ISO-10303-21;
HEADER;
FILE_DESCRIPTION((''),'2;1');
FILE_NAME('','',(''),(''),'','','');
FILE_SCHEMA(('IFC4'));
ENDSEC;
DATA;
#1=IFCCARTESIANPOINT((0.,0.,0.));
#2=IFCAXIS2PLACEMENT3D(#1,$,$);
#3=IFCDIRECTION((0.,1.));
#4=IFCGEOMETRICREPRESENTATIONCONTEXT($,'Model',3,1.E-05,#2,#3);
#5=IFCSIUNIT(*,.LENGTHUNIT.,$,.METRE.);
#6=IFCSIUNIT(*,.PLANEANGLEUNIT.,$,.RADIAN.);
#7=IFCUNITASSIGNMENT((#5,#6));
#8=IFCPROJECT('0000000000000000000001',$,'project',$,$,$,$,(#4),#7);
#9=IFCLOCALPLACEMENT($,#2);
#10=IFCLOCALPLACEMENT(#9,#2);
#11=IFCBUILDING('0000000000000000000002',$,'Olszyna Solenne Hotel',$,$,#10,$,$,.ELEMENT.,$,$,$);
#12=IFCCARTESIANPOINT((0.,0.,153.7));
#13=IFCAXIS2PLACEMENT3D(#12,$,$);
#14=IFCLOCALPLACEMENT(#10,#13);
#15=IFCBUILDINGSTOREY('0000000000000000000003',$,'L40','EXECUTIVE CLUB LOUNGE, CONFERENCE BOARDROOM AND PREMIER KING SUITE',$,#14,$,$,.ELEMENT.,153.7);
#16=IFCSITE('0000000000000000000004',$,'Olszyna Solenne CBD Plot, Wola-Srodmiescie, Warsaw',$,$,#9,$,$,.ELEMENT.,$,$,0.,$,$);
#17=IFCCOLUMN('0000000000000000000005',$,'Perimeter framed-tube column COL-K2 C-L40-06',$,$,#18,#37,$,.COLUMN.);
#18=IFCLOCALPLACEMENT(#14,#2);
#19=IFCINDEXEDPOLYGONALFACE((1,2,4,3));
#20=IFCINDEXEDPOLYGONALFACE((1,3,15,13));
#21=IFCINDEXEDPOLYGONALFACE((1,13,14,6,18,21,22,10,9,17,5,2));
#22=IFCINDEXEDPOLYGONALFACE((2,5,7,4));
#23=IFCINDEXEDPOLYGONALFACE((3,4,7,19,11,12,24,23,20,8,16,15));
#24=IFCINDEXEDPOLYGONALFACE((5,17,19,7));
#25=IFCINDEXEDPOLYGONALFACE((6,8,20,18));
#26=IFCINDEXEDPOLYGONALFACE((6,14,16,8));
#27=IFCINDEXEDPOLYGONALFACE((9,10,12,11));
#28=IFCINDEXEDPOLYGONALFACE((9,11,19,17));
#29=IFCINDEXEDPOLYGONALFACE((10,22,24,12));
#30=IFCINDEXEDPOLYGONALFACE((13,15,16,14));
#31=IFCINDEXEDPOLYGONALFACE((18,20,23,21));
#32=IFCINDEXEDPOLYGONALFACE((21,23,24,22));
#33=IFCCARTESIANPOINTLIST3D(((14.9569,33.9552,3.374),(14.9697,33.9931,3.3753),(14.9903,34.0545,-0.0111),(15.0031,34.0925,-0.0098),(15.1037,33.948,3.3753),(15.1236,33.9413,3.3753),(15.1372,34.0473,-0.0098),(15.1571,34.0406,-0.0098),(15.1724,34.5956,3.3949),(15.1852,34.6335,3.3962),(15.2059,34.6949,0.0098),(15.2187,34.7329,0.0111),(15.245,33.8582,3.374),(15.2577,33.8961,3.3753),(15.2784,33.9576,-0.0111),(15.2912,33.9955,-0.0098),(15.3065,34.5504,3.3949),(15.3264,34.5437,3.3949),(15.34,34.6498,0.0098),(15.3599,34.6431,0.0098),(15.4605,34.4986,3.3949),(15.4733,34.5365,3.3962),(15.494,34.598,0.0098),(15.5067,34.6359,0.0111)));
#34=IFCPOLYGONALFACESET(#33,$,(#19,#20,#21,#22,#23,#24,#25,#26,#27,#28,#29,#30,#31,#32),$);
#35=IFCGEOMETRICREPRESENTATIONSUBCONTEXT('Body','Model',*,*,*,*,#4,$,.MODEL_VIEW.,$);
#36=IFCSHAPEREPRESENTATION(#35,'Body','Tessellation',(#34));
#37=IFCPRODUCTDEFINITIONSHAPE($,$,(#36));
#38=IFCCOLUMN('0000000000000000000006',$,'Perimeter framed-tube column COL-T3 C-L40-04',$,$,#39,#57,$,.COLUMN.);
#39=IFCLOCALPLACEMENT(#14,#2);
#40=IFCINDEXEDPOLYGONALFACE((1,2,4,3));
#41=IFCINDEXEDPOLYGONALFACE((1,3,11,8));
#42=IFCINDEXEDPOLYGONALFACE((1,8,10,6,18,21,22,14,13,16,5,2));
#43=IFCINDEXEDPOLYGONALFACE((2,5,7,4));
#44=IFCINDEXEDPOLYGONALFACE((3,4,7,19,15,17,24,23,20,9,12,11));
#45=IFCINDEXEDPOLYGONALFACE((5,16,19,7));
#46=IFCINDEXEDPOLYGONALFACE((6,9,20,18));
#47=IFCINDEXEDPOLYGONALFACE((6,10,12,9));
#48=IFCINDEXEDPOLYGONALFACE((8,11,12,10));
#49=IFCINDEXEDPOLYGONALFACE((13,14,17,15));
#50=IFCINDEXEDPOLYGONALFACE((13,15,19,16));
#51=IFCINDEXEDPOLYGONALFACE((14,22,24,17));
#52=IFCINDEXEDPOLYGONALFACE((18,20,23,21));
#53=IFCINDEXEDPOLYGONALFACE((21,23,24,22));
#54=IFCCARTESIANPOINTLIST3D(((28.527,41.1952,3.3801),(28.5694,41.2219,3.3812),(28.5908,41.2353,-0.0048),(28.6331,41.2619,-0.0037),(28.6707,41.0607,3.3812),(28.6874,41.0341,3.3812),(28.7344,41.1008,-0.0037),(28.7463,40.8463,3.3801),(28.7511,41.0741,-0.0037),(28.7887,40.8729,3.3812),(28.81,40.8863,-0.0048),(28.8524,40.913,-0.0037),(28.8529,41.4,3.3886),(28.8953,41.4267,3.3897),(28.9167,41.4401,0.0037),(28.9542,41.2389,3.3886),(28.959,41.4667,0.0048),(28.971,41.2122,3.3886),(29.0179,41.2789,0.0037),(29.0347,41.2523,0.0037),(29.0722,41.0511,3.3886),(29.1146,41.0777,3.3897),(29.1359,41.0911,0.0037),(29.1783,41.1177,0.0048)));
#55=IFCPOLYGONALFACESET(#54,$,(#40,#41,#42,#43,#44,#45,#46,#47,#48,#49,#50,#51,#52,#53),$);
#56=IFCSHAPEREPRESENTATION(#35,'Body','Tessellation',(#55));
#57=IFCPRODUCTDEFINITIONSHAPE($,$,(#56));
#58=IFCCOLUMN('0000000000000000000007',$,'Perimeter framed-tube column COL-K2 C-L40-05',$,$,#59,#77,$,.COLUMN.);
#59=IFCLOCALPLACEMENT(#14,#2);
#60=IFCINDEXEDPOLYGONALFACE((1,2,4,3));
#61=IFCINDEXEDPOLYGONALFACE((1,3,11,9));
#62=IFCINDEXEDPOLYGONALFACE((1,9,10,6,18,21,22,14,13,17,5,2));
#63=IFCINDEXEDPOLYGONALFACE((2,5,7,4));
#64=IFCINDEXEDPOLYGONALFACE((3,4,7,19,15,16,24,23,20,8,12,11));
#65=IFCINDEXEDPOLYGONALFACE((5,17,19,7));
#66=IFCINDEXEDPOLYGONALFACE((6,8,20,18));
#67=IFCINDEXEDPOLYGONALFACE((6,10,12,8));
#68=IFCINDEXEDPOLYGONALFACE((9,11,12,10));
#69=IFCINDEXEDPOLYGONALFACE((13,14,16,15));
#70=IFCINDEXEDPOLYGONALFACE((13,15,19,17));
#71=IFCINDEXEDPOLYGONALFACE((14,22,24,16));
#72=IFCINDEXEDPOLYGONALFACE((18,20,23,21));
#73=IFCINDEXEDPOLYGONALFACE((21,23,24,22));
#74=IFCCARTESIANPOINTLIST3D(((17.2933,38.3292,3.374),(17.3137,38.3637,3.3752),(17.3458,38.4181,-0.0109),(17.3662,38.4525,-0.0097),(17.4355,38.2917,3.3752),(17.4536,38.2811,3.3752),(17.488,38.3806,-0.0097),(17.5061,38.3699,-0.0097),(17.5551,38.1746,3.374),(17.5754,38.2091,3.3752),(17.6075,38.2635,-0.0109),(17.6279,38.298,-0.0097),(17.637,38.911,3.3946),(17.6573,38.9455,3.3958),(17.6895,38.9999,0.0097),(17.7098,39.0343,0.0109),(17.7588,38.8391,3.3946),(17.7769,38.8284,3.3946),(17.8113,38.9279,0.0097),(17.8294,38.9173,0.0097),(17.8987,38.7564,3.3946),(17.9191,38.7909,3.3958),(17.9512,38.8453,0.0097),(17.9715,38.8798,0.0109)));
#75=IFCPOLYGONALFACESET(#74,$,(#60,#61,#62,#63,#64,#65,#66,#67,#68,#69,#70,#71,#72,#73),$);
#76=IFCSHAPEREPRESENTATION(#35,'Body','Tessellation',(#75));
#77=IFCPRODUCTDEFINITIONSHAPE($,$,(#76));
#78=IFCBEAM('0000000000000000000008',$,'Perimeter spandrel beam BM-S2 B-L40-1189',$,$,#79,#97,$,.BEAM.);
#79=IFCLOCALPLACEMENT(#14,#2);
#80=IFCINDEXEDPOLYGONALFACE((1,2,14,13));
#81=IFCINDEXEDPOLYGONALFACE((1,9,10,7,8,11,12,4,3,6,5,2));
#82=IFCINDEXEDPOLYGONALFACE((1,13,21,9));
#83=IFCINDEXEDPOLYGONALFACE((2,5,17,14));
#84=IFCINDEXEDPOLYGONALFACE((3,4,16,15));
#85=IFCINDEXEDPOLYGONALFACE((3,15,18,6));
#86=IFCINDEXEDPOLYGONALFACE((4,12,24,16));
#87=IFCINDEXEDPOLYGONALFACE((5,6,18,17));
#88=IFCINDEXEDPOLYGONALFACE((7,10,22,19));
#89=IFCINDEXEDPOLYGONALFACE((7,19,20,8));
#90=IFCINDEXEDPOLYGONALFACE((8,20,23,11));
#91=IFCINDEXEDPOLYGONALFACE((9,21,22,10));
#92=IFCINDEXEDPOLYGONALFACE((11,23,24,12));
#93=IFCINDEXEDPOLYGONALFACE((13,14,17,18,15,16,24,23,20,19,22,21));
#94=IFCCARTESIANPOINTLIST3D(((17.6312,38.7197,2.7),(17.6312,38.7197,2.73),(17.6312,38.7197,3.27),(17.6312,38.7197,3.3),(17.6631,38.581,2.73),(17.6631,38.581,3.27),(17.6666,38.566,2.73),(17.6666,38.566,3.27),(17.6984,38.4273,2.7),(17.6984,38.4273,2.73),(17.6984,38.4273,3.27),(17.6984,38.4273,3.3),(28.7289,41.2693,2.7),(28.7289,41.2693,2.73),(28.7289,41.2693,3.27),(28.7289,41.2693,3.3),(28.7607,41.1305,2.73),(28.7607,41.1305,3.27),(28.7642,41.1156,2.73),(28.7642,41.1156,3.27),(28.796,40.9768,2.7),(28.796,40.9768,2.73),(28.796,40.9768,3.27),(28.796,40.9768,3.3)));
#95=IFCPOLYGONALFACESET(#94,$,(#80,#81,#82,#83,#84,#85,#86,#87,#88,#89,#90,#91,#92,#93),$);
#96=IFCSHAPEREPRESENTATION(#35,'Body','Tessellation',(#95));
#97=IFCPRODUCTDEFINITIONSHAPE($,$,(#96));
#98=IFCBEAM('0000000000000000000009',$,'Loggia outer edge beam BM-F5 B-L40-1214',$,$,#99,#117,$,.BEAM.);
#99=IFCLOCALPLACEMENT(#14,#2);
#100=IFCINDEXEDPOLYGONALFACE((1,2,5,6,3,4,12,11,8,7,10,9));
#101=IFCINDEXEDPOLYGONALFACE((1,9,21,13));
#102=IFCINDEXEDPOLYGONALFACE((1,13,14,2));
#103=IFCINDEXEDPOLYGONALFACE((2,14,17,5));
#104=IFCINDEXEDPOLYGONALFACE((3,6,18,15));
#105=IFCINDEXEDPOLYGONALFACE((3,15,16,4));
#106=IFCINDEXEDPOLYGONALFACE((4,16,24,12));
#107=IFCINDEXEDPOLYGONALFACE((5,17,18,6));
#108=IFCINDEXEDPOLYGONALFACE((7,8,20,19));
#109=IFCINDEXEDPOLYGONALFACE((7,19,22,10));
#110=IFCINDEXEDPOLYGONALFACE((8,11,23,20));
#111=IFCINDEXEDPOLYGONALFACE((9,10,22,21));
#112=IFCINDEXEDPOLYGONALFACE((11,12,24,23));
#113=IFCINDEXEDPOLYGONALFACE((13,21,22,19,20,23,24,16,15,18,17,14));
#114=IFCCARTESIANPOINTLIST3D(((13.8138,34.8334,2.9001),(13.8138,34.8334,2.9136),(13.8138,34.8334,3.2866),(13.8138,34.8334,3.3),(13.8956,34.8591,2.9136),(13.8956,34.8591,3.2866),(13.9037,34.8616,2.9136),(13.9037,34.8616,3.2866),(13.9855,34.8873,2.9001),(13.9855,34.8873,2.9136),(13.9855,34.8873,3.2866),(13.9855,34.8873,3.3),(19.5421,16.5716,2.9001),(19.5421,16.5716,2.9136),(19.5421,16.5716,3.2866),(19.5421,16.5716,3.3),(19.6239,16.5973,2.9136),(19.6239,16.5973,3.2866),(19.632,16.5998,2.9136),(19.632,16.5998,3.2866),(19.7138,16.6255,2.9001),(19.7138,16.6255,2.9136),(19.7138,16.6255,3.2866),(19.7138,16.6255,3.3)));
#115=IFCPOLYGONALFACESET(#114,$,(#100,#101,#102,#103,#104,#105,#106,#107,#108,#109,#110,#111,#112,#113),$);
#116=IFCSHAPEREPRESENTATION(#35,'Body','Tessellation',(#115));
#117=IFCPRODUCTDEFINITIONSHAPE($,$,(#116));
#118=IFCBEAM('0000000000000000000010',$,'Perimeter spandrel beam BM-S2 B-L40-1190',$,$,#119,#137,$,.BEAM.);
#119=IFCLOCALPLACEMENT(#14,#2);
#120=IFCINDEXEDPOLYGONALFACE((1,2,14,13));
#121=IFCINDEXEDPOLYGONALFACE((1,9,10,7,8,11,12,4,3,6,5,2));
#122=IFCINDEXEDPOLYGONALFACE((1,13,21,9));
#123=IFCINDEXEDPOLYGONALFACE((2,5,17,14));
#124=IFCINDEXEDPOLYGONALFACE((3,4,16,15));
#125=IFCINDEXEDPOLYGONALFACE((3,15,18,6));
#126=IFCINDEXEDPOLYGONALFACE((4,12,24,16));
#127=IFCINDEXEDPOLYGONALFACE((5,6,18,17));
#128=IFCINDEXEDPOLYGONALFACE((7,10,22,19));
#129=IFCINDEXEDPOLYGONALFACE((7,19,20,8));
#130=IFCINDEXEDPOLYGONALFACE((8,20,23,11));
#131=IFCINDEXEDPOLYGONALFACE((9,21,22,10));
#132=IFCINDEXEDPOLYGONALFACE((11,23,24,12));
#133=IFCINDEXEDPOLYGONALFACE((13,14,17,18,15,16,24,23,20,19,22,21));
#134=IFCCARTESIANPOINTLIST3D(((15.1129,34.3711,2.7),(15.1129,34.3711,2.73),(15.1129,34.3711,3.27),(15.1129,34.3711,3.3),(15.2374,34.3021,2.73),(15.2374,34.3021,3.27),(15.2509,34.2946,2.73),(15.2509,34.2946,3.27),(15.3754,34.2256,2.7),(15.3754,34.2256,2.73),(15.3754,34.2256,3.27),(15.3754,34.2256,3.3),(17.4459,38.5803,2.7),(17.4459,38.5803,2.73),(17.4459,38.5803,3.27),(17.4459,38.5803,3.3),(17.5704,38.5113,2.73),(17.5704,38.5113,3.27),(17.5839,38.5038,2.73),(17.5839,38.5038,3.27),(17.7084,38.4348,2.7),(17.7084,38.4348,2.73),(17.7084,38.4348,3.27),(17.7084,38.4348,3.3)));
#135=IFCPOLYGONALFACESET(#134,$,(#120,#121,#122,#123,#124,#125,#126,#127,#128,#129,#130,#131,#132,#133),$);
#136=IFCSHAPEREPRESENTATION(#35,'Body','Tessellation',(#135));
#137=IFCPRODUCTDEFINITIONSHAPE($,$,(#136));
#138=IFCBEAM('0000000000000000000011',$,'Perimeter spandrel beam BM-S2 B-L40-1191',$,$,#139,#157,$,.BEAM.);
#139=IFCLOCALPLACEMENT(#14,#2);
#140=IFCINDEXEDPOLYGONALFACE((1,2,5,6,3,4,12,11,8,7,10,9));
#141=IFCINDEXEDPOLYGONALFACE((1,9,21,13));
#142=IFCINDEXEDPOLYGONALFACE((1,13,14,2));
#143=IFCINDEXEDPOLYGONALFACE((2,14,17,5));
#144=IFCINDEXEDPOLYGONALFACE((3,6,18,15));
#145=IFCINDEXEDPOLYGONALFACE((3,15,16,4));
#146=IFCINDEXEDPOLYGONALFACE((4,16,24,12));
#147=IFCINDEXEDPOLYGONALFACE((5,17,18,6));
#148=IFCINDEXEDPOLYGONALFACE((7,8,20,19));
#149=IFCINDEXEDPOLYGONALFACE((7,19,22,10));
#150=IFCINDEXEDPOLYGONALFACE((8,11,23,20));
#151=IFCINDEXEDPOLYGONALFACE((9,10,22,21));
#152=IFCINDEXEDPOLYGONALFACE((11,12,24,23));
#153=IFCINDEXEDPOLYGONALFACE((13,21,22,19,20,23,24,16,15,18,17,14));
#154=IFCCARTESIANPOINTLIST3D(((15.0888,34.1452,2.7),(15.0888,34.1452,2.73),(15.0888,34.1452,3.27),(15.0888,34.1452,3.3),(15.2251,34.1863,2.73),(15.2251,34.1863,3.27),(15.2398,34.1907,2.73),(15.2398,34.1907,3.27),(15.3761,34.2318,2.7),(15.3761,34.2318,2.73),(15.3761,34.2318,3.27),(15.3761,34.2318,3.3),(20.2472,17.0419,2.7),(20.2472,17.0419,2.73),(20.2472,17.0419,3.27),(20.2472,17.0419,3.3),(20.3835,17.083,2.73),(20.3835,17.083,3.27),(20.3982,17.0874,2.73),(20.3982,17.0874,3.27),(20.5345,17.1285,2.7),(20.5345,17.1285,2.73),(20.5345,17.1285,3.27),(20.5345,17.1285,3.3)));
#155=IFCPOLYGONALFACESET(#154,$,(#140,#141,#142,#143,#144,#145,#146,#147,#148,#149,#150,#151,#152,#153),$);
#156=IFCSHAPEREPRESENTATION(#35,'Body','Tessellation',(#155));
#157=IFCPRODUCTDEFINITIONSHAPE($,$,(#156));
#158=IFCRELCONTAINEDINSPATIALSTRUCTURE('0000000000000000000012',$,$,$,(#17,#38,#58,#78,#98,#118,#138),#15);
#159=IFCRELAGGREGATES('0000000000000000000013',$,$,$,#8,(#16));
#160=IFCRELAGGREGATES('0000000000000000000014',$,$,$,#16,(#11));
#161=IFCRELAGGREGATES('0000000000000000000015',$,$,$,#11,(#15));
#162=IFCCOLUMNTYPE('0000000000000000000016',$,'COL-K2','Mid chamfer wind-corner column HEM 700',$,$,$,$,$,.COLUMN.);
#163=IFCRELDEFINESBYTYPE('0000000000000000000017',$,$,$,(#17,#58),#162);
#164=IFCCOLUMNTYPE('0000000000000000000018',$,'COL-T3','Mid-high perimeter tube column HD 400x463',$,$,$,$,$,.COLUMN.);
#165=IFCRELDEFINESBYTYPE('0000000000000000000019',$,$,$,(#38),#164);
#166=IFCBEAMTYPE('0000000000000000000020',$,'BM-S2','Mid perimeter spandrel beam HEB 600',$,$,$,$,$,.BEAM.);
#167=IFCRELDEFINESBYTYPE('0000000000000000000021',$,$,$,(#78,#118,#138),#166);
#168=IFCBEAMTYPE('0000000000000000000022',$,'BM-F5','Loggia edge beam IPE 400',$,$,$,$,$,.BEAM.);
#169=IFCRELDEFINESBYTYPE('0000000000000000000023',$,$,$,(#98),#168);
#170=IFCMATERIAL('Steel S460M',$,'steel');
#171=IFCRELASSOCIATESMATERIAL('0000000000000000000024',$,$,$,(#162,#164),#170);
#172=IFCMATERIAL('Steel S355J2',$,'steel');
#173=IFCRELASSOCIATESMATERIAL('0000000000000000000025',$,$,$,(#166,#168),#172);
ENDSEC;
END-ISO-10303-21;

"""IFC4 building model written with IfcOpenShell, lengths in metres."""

from ifc_helpers import new_model, si_unit, direction, frame, origin, origin_2d, place, context, subcontext, project, spatial, i_section, extrude, source, transform, mapped, material, material_profile, profile_set, type_object, element, save


model = new_model("IFC4")

# Units and contexts
model_context = context("Model", 3, precision=1e-05, world=origin(), true_north=direction((0.0, 1.0)))
body_context = subcontext(model_context, "Body", "Model", "MODEL_VIEW")
ifc_project = project(units=[si_unit("LENGTHUNIT", "METRE"), si_unit("PLANEANGLEUNIT", "RADIAN")], contexts=[model_context])

# Site, building, storey
site_placement = place(None, origin())
site = spatial("IfcSite", under=ifc_project, at=site_placement, Name="Olszyna Solenne CBD Plot, Wola-Srodmiescie, Warsaw", CompositionType="ELEMENT", RefElevation=0.0)
building_placement = place(site_placement, origin())
building = spatial("IfcBuilding", under=site, at=building_placement, Name="Olszyna Solenne Hotel", CompositionType="ELEMENT")
storey_placement = place(building_placement, frame((0.0, 0.0, 153.7)))
storey = spatial("IfcBuildingStorey", under=building, at=storey_placement, Name="L40", Description="EXECUTIVE CLUB LOUNGE, CONFERENCE BOARDROOM AND PREMIER KING SUITE", CompositionType="ELEMENT", Elevation=153.7)

# Columns
ifc_material_1 = material(Name="Steel S460M", Category="steel")
ifc_material_profile_1 = material_profile(ifc_material_1, i_section(OverallWidth=0.304, OverallDepth=0.7161, WebThickness=0.021, FlangeThickness=0.04, at=origin_2d()), Name="HEM 700", Category="load-bearing")
ifc_profile_set_1 = profile_set([ifc_material_profile_1], Name="Steel S460M")
column_type_1 = type_object("IfcColumnType", Name="COL-K2", Description="Mid chamfer wind-corner column HEM 700", PredefinedType="COLUMN", material=ifc_profile_set_1)
shared_shape_1 = source(origin(), body_context, "Body", "SweptSolid", [
    extrude(i_section(OverallWidth=0.304, OverallDepth=0.7161, WebThickness=0.021, FlangeThickness=0.04, at=origin_2d()), origin(), (0.0, 0.0, 1.0), 3.3867),
])
column_1_placement = place(storey_placement, frame((15.2485, 34.3452, 0.0), z_axis=(-0.009876, -0.02934, 0.999521), x_axis=(0.947748, -0.319021, 0.0)))
element("IfcColumn", 1, at=column_1_placement, inside=storey, type_object=column_type_1, Name="Perimeter framed-tube column COL-K2 C-L40-06", PredefinedType="COLUMN", context=body_context, shape_type="MappedRepresentation", body=[
    mapped(shared_shape_1, transform((0.0, 0.0, 0.0), x_axis=(1.0, 0.0, 0.0), y_axis=(0.0, 1.0, 0.0), z_axis=(0.0, 0.0, 1.0), scale=1.0)),
])
ifc_material_profile_2 = material_profile(ifc_material_1, i_section(OverallWidth=0.4121, OverallDepth=0.4351, WebThickness=0.0315, FlangeThickness=0.05, at=origin_2d()), Name="HD 400x463", Category="load-bearing")
ifc_profile_set_2 = profile_set([ifc_material_profile_2], Name="Steel S460M")
column_type_2 = type_object("IfcColumnType", Name="COL-T3", Description="Mid-high perimeter tube column HD 400x463", PredefinedType="COLUMN", material=ifc_profile_set_2)
shared_shape_2 = source(origin(), body_context, "Body", "SweptSolid", [
    extrude(i_section(OverallWidth=0.4121, OverallDepth=0.4351, WebThickness=0.0315, FlangeThickness=0.05, at=origin_2d()), origin(), (0.0, 0.0, 1.0), 3.3857),
])
column_2_placement = place(storey_placement, frame((28.8845, 41.1765, 0.0), z_axis=(-0.01882, -0.011825, 0.999753), x_axis=(0.532039, -0.84672, 0.0)))
element("IfcColumn", 2, at=column_2_placement, inside=storey, type_object=column_type_2, Name="Perimeter framed-tube column COL-T3 C-L40-04", PredefinedType="COLUMN", context=body_context, shape_type="MappedRepresentation", body=[
    mapped(shared_shape_2, transform((0.0, 0.0, 0.0), x_axis=(1.0, 0.0, 0.0), y_axis=(0.0, 1.0, 0.0), z_axis=(0.0, 0.0, 1.0), scale=1.0)),
])
shared_shape_3 = source(origin(), body_context, "Body", "SweptSolid", [
    extrude(i_section(OverallWidth=0.304, OverallDepth=0.7161, WebThickness=0.021, FlangeThickness=0.04, at=origin_2d()), origin(), (0.0, 0.0, 1.0), 3.3865),
])
column_3_placement = place(storey_placement, frame((17.6587, 38.6489, 0.0), z_axis=(-0.015499, -0.026241, 0.999535), x_axis=(0.861021, -0.50857, 0.0)))
element("IfcColumn", 3, at=column_3_placement, inside=storey, type_object=column_type_1, Name="Perimeter framed-tube column COL-K2 C-L40-05", PredefinedType="COLUMN", context=body_context, shape_type="MappedRepresentation", body=[
    mapped(shared_shape_3, transform((0.0, 0.0, 0.0), x_axis=(1.0, 0.0, 0.0), y_axis=(0.0, 1.0, 0.0), z_axis=(0.0, 0.0, 1.0), scale=1.0)),
])

# Beams
ifc_material_2 = material(Name="Steel S355J2", Category="steel")
ifc_material_profile_3 = material_profile(ifc_material_2, i_section(OverallWidth=0.3, OverallDepth=0.6001, WebThickness=0.0154, FlangeThickness=0.03, at=origin_2d()), Name="HEB 600", Category="load-bearing")
ifc_profile_set_3 = profile_set([ifc_material_profile_3], Name="Steel S355J2")
beam_type_1 = type_object("IfcBeamType", Name="BM-S2", Description="Mid perimeter spandrel beam HEB 600", PredefinedType="BEAM", material=ifc_profile_set_3)
shared_shape_4 = source(origin(), body_context, "Body", "SweptSolid", [
    extrude(i_section(OverallWidth=0.3, OverallDepth=0.6001, WebThickness=0.0154, FlangeThickness=0.03, at=origin_2d()), origin(), (0.0, 0.0, 1.0), 11.3867),
])
beam_1_placement = place(storey_placement, frame((28.7625, 41.123, 3.0), z_axis=(-0.974611, -0.223906, 0.0), x_axis=(0.223906, -0.974611, 0.0)))
element("IfcBeam", 4, at=beam_1_placement, inside=storey, type_object=beam_type_1, Name="Perimeter spandrel beam BM-S2 B-L40-1189", PredefinedType="BEAM", context=body_context, shape_type="MappedRepresentation", body=[
    mapped(shared_shape_4, transform((0.0, 0.0, 0.0), x_axis=(1.0, 0.0, 0.0), y_axis=(0.0, 1.0, 0.0), z_axis=(0.0, 0.0, 1.0), scale=1.0)),
])
ifc_material_profile_4 = material_profile(ifc_material_2, i_section(OverallWidth=0.1799, OverallDepth=0.3999, WebThickness=0.0085, FlangeThickness=0.0134, at=origin_2d()), Name="IPE 400", Category="load-bearing")
ifc_profile_set_4 = profile_set([ifc_material_profile_4], Name="Steel S355J2")
beam_type_2 = type_object("IfcBeamType", Name="BM-F5", Description="Loggia edge beam IPE 400", PredefinedType="BEAM", material=ifc_profile_set_4)
shared_shape_5 = source(origin(), body_context, "Body", "SweptSolid", [
    extrude(i_section(OverallWidth=0.1799, OverallDepth=0.3999, WebThickness=0.0085, FlangeThickness=0.0134, at=origin_2d()), origin(), (0.0, 0.0, 1.0), 19.1392),
])
beam_2_placement = place(storey_placement, frame((13.8997, 34.8604, 3.1001), z_axis=(0.299297, -0.95416, 0.0), x_axis=(0.95416, 0.299297, 0.0)))
element("IfcBeam", 5, at=beam_2_placement, inside=storey, type_object=beam_type_2, Name="Loggia outer edge beam BM-F5 B-L40-1214", PredefinedType="BEAM", context=body_context, shape_type="MappedRepresentation", body=[
    mapped(shared_shape_5, transform((0.0, 0.0, 0.0), x_axis=(1.0, 0.0, 0.0), y_axis=(0.0, 1.0, 0.0), z_axis=(0.0, 0.0, 1.0), scale=1.0)),
])
shared_shape_6 = source(origin(), body_context, "Body", "SweptSolid", [
    extrude(i_section(OverallWidth=0.3, OverallDepth=0.6001, WebThickness=0.0154, FlangeThickness=0.03, at=origin_2d()), origin(), (0.0, 0.0, 1.0), 4.8125),
])
beam_3_placement = place(storey_placement, frame((17.5771, 38.5076, 3.0), z_axis=(-0.484777, -0.874638, 0.0), x_axis=(0.874638, -0.484777, 0.0)))
element("IfcBeam", 6, at=beam_3_placement, inside=storey, type_object=beam_type_1, Name="Perimeter spandrel beam BM-S2 B-L40-1190", PredefinedType="BEAM", context=body_context, shape_type="MappedRepresentation", body=[
    mapped(shared_shape_6, transform((0.0, 0.0, 0.0), x_axis=(1.0, 0.0, 0.0), y_axis=(0.0, 1.0, 0.0), z_axis=(0.0, 0.0, 1.0), scale=1.0)),
])
shared_shape_7 = source(origin(), body_context, "Body", "SweptSolid", [
    extrude(i_section(OverallWidth=0.3, OverallDepth=0.6001, WebThickness=0.0154, FlangeThickness=0.03, at=origin_2d()), origin(), (0.0, 0.0, 1.0), 17.8643),
])
beam_4_placement = place(storey_placement, frame((15.2324, 34.1885, 3.0), z_axis=(0.288758, -0.957402, 0.0), x_axis=(0.957402, 0.288758, 0.0)))
element("IfcBeam", 7, at=beam_4_placement, inside=storey, type_object=beam_type_1, Name="Perimeter spandrel beam BM-S2 B-L40-1191", PredefinedType="BEAM", context=body_context, shape_type="MappedRepresentation", body=[
    mapped(shared_shape_7, transform((0.0, 0.0, 0.0), x_axis=(1.0, 0.0, 0.0), y_axis=(0.0, 1.0, 0.0), z_axis=(0.0, 0.0, 1.0), scale=1.0)),
])

save(model, "model.ifc")
